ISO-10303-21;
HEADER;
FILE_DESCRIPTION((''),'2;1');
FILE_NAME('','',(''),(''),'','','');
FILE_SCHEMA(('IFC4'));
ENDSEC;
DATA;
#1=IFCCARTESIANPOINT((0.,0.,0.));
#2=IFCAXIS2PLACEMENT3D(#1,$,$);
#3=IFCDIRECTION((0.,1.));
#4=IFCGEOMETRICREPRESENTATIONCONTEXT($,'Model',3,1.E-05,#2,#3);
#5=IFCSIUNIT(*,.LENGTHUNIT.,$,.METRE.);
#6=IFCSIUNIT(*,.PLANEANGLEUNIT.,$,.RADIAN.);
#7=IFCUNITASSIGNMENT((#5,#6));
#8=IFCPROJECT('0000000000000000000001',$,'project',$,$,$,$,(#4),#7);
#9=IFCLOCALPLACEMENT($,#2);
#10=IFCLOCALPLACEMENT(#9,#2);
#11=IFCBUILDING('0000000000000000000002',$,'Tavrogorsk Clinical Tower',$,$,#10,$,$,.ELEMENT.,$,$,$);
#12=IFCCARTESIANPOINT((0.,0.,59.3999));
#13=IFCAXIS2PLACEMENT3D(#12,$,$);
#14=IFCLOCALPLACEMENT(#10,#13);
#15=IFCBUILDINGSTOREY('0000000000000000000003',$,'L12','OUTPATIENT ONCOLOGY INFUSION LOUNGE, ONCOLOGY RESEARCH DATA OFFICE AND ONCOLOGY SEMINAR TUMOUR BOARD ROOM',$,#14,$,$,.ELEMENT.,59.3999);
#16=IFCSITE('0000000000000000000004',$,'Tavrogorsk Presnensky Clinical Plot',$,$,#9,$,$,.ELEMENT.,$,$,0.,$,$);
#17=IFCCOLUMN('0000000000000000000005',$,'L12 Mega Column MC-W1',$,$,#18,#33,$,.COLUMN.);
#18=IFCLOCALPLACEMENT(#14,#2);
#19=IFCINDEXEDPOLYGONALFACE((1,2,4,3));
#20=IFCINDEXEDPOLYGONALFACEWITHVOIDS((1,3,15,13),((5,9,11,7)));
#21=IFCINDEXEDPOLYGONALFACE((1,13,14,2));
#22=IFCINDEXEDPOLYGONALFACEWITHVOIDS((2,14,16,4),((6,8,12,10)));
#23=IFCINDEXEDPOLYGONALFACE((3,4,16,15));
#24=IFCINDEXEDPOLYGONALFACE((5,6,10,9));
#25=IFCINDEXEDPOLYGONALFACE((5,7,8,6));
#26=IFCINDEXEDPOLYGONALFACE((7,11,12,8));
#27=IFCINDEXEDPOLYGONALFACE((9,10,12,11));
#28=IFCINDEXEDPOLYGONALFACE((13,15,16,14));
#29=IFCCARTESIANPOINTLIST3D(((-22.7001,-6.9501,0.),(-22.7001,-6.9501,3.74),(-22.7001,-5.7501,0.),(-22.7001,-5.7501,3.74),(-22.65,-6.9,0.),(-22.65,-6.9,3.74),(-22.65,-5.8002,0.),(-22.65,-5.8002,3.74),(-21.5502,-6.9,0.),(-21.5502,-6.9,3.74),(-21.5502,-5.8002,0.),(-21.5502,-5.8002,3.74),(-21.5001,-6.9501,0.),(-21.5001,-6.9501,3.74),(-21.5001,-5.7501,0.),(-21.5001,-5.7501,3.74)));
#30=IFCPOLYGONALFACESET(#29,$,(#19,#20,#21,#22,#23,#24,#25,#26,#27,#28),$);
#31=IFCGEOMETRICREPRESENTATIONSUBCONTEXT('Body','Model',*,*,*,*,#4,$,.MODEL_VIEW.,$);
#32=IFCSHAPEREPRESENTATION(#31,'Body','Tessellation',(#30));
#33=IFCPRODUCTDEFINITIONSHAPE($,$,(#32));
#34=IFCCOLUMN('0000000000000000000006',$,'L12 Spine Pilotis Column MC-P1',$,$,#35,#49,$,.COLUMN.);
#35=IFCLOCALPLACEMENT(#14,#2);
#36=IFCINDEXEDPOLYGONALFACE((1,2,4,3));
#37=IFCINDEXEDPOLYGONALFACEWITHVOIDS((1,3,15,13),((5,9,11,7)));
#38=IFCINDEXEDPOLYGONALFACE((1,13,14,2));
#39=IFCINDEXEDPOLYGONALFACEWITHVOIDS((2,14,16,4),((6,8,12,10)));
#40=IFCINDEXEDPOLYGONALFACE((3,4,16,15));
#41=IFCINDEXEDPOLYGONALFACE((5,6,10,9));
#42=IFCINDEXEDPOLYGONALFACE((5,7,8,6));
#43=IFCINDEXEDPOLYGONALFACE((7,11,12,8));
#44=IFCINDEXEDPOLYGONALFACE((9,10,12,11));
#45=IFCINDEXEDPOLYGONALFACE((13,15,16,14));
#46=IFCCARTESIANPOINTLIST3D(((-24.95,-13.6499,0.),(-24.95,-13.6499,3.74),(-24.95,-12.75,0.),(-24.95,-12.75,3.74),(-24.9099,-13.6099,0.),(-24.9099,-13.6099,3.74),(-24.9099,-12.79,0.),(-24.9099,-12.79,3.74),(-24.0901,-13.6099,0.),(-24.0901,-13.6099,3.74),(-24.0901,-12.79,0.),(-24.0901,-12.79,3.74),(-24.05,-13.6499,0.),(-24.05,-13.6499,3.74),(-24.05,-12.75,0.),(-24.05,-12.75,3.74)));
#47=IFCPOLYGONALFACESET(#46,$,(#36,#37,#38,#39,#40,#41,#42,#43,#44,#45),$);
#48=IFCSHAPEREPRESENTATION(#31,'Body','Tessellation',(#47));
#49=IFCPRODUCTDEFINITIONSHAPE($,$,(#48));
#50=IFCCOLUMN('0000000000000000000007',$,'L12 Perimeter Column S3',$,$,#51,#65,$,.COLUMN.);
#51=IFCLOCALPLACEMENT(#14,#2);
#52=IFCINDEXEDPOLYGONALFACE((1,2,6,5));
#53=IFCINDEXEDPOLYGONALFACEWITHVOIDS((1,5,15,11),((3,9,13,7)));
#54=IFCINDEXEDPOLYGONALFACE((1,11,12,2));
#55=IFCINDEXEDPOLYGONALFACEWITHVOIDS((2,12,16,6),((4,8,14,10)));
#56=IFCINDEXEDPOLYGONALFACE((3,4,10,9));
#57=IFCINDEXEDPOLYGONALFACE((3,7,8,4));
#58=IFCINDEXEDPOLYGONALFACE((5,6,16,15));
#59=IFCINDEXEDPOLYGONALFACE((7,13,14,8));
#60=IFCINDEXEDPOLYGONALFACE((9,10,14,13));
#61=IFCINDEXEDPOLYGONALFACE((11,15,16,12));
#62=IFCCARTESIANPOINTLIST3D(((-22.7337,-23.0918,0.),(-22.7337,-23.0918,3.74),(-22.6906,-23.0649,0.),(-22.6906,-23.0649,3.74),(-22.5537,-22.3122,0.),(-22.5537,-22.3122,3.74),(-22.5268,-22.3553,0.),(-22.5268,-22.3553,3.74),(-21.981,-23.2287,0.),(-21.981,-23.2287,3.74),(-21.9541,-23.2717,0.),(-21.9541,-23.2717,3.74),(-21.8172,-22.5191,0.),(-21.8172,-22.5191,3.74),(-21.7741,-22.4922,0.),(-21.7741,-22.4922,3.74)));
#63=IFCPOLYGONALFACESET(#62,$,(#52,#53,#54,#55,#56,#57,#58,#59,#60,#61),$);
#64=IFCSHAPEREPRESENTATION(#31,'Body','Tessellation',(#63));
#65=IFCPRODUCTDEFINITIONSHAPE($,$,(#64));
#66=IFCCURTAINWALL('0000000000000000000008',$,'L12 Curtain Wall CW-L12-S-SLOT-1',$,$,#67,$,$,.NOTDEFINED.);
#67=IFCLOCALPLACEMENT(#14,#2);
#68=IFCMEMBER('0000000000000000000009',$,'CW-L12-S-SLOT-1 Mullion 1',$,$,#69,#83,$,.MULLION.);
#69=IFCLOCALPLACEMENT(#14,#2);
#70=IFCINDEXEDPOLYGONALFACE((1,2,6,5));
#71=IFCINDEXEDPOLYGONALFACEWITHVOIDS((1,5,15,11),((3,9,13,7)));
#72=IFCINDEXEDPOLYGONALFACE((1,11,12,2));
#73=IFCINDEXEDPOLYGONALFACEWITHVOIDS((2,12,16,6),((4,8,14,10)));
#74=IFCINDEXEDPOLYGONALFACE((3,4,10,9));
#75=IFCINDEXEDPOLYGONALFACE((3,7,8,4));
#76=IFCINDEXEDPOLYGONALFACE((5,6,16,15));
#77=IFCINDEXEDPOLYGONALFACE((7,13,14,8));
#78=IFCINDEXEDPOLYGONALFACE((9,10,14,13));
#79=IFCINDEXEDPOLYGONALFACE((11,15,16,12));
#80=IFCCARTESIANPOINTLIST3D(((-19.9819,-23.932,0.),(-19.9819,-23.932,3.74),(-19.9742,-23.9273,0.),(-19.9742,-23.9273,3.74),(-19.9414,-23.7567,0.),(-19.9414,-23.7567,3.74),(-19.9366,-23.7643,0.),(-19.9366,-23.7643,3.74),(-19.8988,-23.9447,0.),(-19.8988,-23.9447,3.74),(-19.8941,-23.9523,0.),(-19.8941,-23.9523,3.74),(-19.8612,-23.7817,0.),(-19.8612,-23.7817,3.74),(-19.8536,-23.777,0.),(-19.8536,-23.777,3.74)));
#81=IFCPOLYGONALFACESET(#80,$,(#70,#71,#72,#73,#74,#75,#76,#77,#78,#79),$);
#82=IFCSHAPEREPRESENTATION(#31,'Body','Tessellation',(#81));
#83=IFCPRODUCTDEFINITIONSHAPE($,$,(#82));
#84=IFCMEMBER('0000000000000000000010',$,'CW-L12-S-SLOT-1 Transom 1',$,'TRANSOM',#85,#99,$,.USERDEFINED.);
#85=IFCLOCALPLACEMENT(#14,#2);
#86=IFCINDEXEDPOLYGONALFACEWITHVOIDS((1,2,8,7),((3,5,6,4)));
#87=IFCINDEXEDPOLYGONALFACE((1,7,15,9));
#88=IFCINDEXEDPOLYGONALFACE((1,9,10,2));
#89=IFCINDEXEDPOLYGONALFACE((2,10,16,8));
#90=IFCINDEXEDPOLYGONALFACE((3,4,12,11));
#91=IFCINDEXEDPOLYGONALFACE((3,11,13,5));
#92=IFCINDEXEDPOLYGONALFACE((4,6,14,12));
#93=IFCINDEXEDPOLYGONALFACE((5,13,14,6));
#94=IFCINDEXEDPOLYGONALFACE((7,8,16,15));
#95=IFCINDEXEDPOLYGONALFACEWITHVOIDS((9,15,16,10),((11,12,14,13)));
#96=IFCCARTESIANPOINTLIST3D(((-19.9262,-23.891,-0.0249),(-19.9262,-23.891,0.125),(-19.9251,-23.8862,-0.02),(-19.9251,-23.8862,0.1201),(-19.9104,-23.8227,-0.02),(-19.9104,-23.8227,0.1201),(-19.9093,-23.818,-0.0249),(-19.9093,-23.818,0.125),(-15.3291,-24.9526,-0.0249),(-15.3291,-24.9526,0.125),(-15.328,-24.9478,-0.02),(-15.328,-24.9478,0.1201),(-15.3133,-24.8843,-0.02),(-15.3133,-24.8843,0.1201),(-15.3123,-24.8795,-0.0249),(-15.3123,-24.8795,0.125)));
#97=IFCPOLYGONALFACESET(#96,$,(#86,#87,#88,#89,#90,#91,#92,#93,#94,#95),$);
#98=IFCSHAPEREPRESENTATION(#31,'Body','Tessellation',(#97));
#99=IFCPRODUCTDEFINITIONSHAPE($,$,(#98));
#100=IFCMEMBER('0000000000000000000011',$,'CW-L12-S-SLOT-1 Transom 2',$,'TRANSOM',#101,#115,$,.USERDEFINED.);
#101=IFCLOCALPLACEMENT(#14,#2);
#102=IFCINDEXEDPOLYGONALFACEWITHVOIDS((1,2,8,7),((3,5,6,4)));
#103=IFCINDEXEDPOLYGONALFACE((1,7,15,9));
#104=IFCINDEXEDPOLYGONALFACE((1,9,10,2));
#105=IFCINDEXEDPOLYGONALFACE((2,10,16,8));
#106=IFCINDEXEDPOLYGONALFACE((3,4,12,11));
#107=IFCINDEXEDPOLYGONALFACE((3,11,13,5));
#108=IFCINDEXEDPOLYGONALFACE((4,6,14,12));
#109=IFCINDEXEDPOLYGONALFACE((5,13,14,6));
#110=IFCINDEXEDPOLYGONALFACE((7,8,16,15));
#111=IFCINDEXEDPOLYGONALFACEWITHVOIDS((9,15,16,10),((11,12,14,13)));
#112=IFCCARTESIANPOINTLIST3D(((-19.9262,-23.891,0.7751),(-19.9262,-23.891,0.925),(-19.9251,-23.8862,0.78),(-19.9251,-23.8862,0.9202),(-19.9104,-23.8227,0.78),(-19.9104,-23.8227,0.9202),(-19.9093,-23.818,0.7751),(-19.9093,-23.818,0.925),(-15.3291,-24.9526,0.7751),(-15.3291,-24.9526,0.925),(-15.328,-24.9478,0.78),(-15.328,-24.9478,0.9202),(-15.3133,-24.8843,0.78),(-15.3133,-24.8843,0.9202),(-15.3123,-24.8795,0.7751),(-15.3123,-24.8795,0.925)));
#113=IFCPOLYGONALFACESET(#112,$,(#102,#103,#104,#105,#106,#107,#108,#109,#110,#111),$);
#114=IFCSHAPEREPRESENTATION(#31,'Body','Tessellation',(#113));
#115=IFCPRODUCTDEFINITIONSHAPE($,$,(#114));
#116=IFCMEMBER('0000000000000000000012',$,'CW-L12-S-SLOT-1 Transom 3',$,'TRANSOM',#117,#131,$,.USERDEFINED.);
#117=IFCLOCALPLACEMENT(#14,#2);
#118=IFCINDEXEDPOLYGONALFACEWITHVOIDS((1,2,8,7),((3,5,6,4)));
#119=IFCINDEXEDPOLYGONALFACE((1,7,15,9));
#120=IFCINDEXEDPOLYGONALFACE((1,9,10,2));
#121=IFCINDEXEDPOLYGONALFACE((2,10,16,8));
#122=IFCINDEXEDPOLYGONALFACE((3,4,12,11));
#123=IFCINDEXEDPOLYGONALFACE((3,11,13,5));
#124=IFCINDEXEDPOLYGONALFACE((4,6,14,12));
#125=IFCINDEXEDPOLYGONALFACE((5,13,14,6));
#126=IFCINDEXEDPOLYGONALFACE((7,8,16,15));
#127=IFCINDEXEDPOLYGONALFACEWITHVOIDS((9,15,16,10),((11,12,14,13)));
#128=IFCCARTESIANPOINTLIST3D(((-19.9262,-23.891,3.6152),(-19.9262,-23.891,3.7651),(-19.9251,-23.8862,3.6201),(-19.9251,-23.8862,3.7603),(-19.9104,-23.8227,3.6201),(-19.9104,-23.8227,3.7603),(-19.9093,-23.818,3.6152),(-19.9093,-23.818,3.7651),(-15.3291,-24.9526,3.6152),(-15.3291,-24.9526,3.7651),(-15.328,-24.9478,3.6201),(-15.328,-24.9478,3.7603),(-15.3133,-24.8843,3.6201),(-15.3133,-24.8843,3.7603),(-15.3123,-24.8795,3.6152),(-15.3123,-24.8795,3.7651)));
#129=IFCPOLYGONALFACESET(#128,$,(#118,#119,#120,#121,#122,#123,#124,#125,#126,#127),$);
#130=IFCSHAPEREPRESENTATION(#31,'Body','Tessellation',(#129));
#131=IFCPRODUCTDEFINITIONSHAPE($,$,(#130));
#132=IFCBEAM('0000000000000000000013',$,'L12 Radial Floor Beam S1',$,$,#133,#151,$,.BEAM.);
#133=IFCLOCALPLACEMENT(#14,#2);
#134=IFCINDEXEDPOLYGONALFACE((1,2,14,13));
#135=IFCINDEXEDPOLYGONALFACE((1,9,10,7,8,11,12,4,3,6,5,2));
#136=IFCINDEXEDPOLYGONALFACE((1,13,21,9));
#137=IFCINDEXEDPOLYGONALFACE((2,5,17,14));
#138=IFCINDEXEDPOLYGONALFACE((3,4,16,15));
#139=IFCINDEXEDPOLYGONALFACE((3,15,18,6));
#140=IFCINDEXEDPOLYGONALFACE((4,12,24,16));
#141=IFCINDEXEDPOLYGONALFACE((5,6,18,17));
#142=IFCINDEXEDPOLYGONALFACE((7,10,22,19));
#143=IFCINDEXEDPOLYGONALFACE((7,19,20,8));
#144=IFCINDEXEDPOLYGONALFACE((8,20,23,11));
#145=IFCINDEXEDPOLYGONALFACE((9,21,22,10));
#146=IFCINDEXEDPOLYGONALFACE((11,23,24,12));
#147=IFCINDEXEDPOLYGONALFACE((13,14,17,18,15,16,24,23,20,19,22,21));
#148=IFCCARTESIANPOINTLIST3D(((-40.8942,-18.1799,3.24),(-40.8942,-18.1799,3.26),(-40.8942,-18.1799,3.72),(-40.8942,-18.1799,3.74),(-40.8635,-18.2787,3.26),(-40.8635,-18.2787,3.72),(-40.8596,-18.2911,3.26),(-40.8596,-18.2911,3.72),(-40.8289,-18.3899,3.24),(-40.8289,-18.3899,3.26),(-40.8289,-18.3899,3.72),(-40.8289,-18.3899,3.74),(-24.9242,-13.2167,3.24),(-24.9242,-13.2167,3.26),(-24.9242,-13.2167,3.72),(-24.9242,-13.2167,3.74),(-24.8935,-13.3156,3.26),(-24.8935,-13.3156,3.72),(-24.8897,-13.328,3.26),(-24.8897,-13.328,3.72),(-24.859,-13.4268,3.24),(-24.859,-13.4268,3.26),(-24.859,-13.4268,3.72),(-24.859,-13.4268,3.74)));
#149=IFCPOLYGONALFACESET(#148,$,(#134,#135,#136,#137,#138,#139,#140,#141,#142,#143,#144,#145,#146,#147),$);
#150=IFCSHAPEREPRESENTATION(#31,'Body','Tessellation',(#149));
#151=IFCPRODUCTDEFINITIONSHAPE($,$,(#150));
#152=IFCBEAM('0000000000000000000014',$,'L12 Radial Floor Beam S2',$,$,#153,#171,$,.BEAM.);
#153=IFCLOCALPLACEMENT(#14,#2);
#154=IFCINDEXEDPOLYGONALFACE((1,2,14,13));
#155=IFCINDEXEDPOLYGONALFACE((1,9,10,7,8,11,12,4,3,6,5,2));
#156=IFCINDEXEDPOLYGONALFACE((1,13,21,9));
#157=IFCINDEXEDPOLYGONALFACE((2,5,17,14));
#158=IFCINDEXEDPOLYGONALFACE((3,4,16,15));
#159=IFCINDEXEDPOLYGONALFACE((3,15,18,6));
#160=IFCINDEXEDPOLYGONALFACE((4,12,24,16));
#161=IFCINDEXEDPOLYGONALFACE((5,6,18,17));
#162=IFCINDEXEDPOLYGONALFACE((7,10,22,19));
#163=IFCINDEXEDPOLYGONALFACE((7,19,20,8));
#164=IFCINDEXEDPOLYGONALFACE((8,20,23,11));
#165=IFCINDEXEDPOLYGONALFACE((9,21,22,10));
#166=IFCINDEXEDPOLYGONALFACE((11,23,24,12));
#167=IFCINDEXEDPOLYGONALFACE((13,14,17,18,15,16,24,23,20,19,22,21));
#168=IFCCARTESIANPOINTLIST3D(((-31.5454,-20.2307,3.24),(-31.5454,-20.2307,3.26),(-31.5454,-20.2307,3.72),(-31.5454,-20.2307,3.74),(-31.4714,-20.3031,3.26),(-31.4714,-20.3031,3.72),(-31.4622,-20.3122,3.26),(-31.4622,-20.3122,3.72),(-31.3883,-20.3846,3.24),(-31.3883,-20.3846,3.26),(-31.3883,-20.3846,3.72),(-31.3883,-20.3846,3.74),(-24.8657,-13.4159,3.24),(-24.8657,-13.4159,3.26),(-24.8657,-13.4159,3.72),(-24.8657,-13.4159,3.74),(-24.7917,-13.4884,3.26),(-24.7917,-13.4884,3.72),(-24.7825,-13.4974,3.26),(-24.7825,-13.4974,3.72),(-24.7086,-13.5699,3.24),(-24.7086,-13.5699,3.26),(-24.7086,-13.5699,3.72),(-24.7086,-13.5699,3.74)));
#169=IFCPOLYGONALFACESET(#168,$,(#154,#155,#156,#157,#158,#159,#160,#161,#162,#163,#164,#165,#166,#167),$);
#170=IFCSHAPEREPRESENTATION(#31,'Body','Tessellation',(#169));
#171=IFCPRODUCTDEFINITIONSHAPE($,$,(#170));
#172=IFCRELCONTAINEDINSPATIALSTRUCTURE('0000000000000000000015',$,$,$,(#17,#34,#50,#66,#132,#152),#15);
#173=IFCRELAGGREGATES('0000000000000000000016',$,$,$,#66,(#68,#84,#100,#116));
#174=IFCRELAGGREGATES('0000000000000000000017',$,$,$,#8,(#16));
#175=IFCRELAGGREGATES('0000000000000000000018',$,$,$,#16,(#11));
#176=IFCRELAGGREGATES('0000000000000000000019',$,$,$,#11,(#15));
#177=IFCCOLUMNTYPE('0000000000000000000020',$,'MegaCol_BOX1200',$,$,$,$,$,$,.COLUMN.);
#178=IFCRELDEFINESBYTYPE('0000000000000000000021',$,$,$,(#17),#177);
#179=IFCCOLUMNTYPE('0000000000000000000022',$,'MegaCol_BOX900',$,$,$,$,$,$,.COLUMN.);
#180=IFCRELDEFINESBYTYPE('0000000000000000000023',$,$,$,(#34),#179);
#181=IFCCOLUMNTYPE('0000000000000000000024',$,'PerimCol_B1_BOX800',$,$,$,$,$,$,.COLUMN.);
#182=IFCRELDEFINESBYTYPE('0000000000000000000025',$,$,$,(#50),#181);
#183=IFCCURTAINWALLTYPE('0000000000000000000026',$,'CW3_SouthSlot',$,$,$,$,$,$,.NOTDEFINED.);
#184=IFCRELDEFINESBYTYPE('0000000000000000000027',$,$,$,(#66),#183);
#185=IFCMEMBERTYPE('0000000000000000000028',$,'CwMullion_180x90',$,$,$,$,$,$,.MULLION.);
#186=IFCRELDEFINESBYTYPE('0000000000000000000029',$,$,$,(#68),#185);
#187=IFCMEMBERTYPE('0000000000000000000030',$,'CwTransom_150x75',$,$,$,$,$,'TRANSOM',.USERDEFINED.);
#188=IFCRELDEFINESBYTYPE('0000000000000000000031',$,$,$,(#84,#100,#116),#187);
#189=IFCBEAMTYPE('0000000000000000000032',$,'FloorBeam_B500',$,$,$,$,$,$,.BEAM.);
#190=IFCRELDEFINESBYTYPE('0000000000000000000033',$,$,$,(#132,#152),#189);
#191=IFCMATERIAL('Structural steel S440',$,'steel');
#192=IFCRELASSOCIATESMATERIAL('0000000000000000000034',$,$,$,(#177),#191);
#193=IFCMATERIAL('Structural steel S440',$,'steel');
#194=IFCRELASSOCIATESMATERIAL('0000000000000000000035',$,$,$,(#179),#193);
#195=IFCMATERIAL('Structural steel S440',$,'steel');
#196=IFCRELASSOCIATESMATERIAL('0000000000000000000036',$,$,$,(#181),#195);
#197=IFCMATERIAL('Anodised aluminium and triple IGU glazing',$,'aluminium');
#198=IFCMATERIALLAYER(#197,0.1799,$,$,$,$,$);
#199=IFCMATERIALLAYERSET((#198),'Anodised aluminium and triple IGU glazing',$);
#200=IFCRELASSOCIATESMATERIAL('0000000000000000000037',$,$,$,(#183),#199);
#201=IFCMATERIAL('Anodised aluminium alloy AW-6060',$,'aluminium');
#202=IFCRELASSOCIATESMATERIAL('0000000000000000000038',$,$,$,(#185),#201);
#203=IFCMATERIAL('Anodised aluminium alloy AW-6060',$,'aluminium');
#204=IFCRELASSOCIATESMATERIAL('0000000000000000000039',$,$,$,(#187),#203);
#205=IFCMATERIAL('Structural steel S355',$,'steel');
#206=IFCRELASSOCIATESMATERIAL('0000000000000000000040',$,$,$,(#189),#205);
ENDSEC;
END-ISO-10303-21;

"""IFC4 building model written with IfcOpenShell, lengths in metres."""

from ifc_helpers import new_model, si_unit, direction, frame, origin, origin_2d, place, context, subcontext, project, spatial, hollow_rectangle, i_section, extrude, material, layer, layer_set, material_profile, profile_set, type_object, element, aggregate, save


model = new_model("IFC4")

# Units and contexts
model_context = context("Model", 3, precision=1e-05, world=origin(), true_north=direction((0.0, 1.0)))
body_context = subcontext(model_context, "Body", "Model", "MODEL_VIEW")
ifc_project = project(units=[si_unit("LENGTHUNIT", "METRE"), si_unit("PLANEANGLEUNIT", "RADIAN")], contexts=[model_context])

# Site, building, storey
site_placement = place(None, origin())
site = spatial("IfcSite", under=ifc_project, at=site_placement, Name="Tavrogorsk Presnensky Clinical Plot", CompositionType="ELEMENT", RefElevation=0.0)
building_placement = place(site_placement, origin())
building = spatial("IfcBuilding", under=site, at=building_placement, Name="Tavrogorsk Clinical Tower", CompositionType="ELEMENT")
storey_placement = place(building_placement, frame((0.0, 0.0, 59.3999)))
storey = spatial("IfcBuildingStorey", under=building, at=storey_placement, Name="L12", Description="OUTPATIENT ONCOLOGY INFUSION LOUNGE, ONCOLOGY RESEARCH DATA OFFICE AND ONCOLOGY SEMINAR TUMOUR BOARD ROOM", CompositionType="ELEMENT", Elevation=59.3999)

# Columns
ifc_material_1 = material(Name="Structural steel S440", Category="steel")
ifc_material_profile_1 = material_profile(ifc_material_1, hollow_rectangle(XDim=1.2, YDim=1.2, WallThickness=0.05, at=origin_2d()), Name="BOX-1200x1200x50")
ifc_profile_set_1 = profile_set([ifc_material_profile_1], Name="Structural steel S440")
column_type_1 = type_object("IfcColumnType", Name="MegaCol_BOX1200", PredefinedType="COLUMN", material=ifc_profile_set_1)
column_1_placement = place(storey_placement, frame((-22.1001, -6.3501, 0.0), z_axis=(0.0, 0.0, 1.0), x_axis=(1.0, 0.0, 0.0)))
element("IfcColumn", 1, at=column_1_placement, inside=storey, type_object=column_type_1, Name="L12 Mega Column MC-W1", PredefinedType="COLUMN", context=body_context, shape_type="SweptSolid", body=[
    extrude(hollow_rectangle(XDim=1.2, YDim=1.2, WallThickness=0.05, at=origin_2d()), origin(), (0.0, 0.0, 1.0), 3.74),
])
ifc_material_2 = material(Name="Structural steel S440", Category="steel")
ifc_material_profile_2 = material_profile(ifc_material_2, hollow_rectangle(XDim=0.8999, YDim=0.8999, WallThickness=0.04, at=origin_2d()), Name="BOX-900x900x40")
ifc_profile_set_2 = profile_set([ifc_material_profile_2], Name="Structural steel S440")
column_type_2 = type_object("IfcColumnType", Name="MegaCol_BOX900", PredefinedType="COLUMN", material=ifc_profile_set_2)
column_2_placement = place(storey_placement, frame((-24.5, -13.2, 0.0), z_axis=(0.0, 0.0, 1.0), x_axis=(1.0, 0.0, 0.0)))
element("IfcColumn", 2, at=column_2_placement, inside=storey, type_object=column_type_2, Name="L12 Spine Pilotis Column MC-P1", PredefinedType="COLUMN", context=body_context, shape_type="SweptSolid", body=[
    extrude(hollow_rectangle(XDim=0.8999, YDim=0.8999, WallThickness=0.04, at=origin_2d()), origin(), (0.0, 0.0, 1.0), 3.74),
])
ifc_material_3 = material(Name="Structural steel S440", Category="steel")
ifc_material_profile_3 = material_profile(ifc_material_3, hollow_rectangle(XDim=0.8, YDim=0.8, WallThickness=0.0359, at=origin_2d()), Name="BOX-800x800x36")
ifc_profile_set_3 = profile_set([ifc_material_profile_3], Name="Structural steel S440")
column_type_3 = type_object("IfcColumnType", Name="PerimCol_B1_BOX800", PredefinedType="COLUMN", material=ifc_profile_set_3)
column_3_placement = place(storey_placement, frame((-22.2539, -22.792, 0.0), z_axis=(0.0, 0.0, 1.0), x_axis=(0.97437, -0.224951, 0.0)))
element("IfcColumn", 3, at=column_3_placement, inside=storey, type_object=column_type_3, Name="L12 Perimeter Column S3", PredefinedType="COLUMN", context=body_context, shape_type="SweptSolid", body=[
    extrude(hollow_rectangle(XDim=0.8, YDim=0.8, WallThickness=0.0359, at=origin_2d()), origin(), (0.0, 0.0, 1.0), 3.74),
])

# Curtain wall, members
ifc_material_4 = material(Name="Anodised aluminium and triple IGU glazing", Category="aluminium")
ifc_layer_1 = layer(ifc_material_4, 0.1799)
ifc_layer_set_1 = layer_set([ifc_layer_1], Name="Anodised aluminium and triple IGU glazing")
curtain_wall_type = type_object("IfcCurtainWallType", Name="CW3_SouthSlot", PredefinedType="NOTDEFINED", material=ifc_layer_set_1)
curtain_wall_placement = place(storey_placement, origin())
curtain_wall = element("IfcCurtainWall", 4, at=curtain_wall_placement, inside=storey, type_object=curtain_wall_type, Name="L12 Curtain Wall CW-L12-S-SLOT-1", PredefinedType="NOTDEFINED")
ifc_material_5 = material(Name="Anodised aluminium alloy AW-6060", Category="aluminium")
ifc_material_profile_4 = material_profile(ifc_material_5, hollow_rectangle(XDim=0.0901, YDim=0.1799, WallThickness=0.0063, at=origin_2d()), Name="RHS-180x90x6.3")
ifc_profile_set_4 = profile_set([ifc_material_profile_4], Name="Anodised aluminium alloy AW-6060")
member_type_1 = type_object("IfcMemberType", Name="CwMullion_180x90", PredefinedType="MULLION", material=ifc_profile_set_4)
member_1_placement = place(storey_placement, frame((-19.9177, -23.8545, 0.0), z_axis=(0.0, 0.0, 1.0), x_axis=(0.97437, -0.224951, 0.0)))
member_1 = element("IfcMember", 5, at=member_1_placement, type_object=member_type_1, Name="CW-L12-S-SLOT-1 Mullion 1", PredefinedType="MULLION", context=body_context, shape_type="SweptSolid", body=[
    extrude(hollow_rectangle(XDim=0.0901, YDim=0.1799, WallThickness=0.0063, at=origin_2d()), origin(), (0.0, 0.0, 1.0), 3.74),
])
ifc_material_6 = material(Name="Anodised aluminium alloy AW-6060", Category="aluminium")
ifc_material_profile_5 = material_profile(ifc_material_6, hollow_rectangle(XDim=0.075, YDim=0.1499, WallThickness=0.0049, at=origin_2d()), Name="RHS-150x75x5")
ifc_profile_set_5 = profile_set([ifc_material_profile_5], Name="Anodised aluminium alloy AW-6060")
member_type_2 = type_object("IfcMemberType", Name="CwTransom_150x75", ElementType="TRANSOM", PredefinedType="USERDEFINED", material=ifc_profile_set_5)
member_2_placement = place(storey_placement, frame((-19.9177, -23.8545, 0.05), z_axis=(0.974359, -0.224999, 0.0), x_axis=(0.224999, 0.974359, 0.0)))
member_2 = element("IfcMember", 6, at=member_2_placement, type_object=member_type_2, Name="CW-L12-S-SLOT-1 Transom 1", ObjectType="TRANSOM", PredefinedType="USERDEFINED", context=body_context, shape_type="SweptSolid", body=[
    extrude(hollow_rectangle(XDim=0.075, YDim=0.1499, WallThickness=0.0049, at=origin_2d()), origin(), (0.0, 0.0, 1.0), 4.718),
])
member_3_placement = place(storey_placement, frame((-19.9177, -23.8545, 0.8501), z_axis=(0.974359, -0.224999, 0.0), x_axis=(0.224999, 0.974359, 0.0)))
member_3 = element("IfcMember", 7, at=member_3_placement, type_object=member_type_2, Name="CW-L12-S-SLOT-1 Transom 2", ObjectType="TRANSOM", PredefinedType="USERDEFINED", context=body_context, shape_type="SweptSolid", body=[
    extrude(hollow_rectangle(XDim=0.075, YDim=0.1499, WallThickness=0.0049, at=origin_2d()), origin(), (0.0, 0.0, 1.0), 4.718),
])
member_4_placement = place(storey_placement, frame((-19.9177, -23.8545, 3.6902), z_axis=(0.974359, -0.224999, 0.0), x_axis=(0.224999, 0.974359, 0.0)))
member_4 = element("IfcMember", 8, at=member_4_placement, type_object=member_type_2, Name="CW-L12-S-SLOT-1 Transom 3", ObjectType="TRANSOM", PredefinedType="USERDEFINED", context=body_context, shape_type="SweptSolid", body=[
    extrude(hollow_rectangle(XDim=0.075, YDim=0.1499, WallThickness=0.0049, at=origin_2d()), origin(), (0.0, 0.0, 1.0), 4.718),
])
aggregate(curtain_wall, [member_1, member_2, member_3, member_4])

# Beams
ifc_material_7 = material(Name="Structural steel S355", Category="steel")
ifc_material_profile_6 = material_profile(ifc_material_7, i_section(OverallWidth=0.22, OverallDepth=0.5, WebThickness=0.0129, FlangeThickness=0.02, at=origin_2d()), Name="B-500x220x13x20")
ifc_profile_set_6 = profile_set([ifc_material_profile_6], Name="Structural steel S355")
beam_type_1 = type_object("IfcBeamType", Name="FloorBeam_B500", PredefinedType="BEAM", material=ifc_profile_set_6)
beam_1_placement = place(storey_placement, frame((-24.8916, -13.3218, 3.49), z_axis=(-0.954947, -0.296778, 0.0), x_axis=(0.296778, -0.954947, 0.0)))
element("IfcBeam", 9, at=beam_1_placement, inside=storey, type_object=beam_type_1, Name="L12 Radial Floor Beam S1", PredefinedType="BEAM", context=body_context, shape_type="SweptSolid", body=[
    extrude(i_section(OverallWidth=0.22, OverallDepth=0.5, WebThickness=0.0129, FlangeThickness=0.02, at=origin_2d()), origin(), (0.0, 0.0, 1.0), 16.7234),
])
beam_2_placement = place(storey_placement, frame((-24.7871, -13.4929, 3.49), z_axis=(-0.699997, -0.714146, 0.0), x_axis=(0.714146, -0.699997, 0.0)))
element("IfcBeam", 10, at=beam_2_placement, inside=storey, type_object=beam_type_1, Name="L12 Radial Floor Beam S2", PredefinedType="BEAM", context=body_context, shape_type="SweptSolid", body=[
    extrude(i_section(OverallWidth=0.22, OverallDepth=0.5, WebThickness=0.0129, FlangeThickness=0.02, at=origin_2d()), origin(), (0.0, 0.0, 1.0), 9.5425),
])

save(model, "model.ifc")
